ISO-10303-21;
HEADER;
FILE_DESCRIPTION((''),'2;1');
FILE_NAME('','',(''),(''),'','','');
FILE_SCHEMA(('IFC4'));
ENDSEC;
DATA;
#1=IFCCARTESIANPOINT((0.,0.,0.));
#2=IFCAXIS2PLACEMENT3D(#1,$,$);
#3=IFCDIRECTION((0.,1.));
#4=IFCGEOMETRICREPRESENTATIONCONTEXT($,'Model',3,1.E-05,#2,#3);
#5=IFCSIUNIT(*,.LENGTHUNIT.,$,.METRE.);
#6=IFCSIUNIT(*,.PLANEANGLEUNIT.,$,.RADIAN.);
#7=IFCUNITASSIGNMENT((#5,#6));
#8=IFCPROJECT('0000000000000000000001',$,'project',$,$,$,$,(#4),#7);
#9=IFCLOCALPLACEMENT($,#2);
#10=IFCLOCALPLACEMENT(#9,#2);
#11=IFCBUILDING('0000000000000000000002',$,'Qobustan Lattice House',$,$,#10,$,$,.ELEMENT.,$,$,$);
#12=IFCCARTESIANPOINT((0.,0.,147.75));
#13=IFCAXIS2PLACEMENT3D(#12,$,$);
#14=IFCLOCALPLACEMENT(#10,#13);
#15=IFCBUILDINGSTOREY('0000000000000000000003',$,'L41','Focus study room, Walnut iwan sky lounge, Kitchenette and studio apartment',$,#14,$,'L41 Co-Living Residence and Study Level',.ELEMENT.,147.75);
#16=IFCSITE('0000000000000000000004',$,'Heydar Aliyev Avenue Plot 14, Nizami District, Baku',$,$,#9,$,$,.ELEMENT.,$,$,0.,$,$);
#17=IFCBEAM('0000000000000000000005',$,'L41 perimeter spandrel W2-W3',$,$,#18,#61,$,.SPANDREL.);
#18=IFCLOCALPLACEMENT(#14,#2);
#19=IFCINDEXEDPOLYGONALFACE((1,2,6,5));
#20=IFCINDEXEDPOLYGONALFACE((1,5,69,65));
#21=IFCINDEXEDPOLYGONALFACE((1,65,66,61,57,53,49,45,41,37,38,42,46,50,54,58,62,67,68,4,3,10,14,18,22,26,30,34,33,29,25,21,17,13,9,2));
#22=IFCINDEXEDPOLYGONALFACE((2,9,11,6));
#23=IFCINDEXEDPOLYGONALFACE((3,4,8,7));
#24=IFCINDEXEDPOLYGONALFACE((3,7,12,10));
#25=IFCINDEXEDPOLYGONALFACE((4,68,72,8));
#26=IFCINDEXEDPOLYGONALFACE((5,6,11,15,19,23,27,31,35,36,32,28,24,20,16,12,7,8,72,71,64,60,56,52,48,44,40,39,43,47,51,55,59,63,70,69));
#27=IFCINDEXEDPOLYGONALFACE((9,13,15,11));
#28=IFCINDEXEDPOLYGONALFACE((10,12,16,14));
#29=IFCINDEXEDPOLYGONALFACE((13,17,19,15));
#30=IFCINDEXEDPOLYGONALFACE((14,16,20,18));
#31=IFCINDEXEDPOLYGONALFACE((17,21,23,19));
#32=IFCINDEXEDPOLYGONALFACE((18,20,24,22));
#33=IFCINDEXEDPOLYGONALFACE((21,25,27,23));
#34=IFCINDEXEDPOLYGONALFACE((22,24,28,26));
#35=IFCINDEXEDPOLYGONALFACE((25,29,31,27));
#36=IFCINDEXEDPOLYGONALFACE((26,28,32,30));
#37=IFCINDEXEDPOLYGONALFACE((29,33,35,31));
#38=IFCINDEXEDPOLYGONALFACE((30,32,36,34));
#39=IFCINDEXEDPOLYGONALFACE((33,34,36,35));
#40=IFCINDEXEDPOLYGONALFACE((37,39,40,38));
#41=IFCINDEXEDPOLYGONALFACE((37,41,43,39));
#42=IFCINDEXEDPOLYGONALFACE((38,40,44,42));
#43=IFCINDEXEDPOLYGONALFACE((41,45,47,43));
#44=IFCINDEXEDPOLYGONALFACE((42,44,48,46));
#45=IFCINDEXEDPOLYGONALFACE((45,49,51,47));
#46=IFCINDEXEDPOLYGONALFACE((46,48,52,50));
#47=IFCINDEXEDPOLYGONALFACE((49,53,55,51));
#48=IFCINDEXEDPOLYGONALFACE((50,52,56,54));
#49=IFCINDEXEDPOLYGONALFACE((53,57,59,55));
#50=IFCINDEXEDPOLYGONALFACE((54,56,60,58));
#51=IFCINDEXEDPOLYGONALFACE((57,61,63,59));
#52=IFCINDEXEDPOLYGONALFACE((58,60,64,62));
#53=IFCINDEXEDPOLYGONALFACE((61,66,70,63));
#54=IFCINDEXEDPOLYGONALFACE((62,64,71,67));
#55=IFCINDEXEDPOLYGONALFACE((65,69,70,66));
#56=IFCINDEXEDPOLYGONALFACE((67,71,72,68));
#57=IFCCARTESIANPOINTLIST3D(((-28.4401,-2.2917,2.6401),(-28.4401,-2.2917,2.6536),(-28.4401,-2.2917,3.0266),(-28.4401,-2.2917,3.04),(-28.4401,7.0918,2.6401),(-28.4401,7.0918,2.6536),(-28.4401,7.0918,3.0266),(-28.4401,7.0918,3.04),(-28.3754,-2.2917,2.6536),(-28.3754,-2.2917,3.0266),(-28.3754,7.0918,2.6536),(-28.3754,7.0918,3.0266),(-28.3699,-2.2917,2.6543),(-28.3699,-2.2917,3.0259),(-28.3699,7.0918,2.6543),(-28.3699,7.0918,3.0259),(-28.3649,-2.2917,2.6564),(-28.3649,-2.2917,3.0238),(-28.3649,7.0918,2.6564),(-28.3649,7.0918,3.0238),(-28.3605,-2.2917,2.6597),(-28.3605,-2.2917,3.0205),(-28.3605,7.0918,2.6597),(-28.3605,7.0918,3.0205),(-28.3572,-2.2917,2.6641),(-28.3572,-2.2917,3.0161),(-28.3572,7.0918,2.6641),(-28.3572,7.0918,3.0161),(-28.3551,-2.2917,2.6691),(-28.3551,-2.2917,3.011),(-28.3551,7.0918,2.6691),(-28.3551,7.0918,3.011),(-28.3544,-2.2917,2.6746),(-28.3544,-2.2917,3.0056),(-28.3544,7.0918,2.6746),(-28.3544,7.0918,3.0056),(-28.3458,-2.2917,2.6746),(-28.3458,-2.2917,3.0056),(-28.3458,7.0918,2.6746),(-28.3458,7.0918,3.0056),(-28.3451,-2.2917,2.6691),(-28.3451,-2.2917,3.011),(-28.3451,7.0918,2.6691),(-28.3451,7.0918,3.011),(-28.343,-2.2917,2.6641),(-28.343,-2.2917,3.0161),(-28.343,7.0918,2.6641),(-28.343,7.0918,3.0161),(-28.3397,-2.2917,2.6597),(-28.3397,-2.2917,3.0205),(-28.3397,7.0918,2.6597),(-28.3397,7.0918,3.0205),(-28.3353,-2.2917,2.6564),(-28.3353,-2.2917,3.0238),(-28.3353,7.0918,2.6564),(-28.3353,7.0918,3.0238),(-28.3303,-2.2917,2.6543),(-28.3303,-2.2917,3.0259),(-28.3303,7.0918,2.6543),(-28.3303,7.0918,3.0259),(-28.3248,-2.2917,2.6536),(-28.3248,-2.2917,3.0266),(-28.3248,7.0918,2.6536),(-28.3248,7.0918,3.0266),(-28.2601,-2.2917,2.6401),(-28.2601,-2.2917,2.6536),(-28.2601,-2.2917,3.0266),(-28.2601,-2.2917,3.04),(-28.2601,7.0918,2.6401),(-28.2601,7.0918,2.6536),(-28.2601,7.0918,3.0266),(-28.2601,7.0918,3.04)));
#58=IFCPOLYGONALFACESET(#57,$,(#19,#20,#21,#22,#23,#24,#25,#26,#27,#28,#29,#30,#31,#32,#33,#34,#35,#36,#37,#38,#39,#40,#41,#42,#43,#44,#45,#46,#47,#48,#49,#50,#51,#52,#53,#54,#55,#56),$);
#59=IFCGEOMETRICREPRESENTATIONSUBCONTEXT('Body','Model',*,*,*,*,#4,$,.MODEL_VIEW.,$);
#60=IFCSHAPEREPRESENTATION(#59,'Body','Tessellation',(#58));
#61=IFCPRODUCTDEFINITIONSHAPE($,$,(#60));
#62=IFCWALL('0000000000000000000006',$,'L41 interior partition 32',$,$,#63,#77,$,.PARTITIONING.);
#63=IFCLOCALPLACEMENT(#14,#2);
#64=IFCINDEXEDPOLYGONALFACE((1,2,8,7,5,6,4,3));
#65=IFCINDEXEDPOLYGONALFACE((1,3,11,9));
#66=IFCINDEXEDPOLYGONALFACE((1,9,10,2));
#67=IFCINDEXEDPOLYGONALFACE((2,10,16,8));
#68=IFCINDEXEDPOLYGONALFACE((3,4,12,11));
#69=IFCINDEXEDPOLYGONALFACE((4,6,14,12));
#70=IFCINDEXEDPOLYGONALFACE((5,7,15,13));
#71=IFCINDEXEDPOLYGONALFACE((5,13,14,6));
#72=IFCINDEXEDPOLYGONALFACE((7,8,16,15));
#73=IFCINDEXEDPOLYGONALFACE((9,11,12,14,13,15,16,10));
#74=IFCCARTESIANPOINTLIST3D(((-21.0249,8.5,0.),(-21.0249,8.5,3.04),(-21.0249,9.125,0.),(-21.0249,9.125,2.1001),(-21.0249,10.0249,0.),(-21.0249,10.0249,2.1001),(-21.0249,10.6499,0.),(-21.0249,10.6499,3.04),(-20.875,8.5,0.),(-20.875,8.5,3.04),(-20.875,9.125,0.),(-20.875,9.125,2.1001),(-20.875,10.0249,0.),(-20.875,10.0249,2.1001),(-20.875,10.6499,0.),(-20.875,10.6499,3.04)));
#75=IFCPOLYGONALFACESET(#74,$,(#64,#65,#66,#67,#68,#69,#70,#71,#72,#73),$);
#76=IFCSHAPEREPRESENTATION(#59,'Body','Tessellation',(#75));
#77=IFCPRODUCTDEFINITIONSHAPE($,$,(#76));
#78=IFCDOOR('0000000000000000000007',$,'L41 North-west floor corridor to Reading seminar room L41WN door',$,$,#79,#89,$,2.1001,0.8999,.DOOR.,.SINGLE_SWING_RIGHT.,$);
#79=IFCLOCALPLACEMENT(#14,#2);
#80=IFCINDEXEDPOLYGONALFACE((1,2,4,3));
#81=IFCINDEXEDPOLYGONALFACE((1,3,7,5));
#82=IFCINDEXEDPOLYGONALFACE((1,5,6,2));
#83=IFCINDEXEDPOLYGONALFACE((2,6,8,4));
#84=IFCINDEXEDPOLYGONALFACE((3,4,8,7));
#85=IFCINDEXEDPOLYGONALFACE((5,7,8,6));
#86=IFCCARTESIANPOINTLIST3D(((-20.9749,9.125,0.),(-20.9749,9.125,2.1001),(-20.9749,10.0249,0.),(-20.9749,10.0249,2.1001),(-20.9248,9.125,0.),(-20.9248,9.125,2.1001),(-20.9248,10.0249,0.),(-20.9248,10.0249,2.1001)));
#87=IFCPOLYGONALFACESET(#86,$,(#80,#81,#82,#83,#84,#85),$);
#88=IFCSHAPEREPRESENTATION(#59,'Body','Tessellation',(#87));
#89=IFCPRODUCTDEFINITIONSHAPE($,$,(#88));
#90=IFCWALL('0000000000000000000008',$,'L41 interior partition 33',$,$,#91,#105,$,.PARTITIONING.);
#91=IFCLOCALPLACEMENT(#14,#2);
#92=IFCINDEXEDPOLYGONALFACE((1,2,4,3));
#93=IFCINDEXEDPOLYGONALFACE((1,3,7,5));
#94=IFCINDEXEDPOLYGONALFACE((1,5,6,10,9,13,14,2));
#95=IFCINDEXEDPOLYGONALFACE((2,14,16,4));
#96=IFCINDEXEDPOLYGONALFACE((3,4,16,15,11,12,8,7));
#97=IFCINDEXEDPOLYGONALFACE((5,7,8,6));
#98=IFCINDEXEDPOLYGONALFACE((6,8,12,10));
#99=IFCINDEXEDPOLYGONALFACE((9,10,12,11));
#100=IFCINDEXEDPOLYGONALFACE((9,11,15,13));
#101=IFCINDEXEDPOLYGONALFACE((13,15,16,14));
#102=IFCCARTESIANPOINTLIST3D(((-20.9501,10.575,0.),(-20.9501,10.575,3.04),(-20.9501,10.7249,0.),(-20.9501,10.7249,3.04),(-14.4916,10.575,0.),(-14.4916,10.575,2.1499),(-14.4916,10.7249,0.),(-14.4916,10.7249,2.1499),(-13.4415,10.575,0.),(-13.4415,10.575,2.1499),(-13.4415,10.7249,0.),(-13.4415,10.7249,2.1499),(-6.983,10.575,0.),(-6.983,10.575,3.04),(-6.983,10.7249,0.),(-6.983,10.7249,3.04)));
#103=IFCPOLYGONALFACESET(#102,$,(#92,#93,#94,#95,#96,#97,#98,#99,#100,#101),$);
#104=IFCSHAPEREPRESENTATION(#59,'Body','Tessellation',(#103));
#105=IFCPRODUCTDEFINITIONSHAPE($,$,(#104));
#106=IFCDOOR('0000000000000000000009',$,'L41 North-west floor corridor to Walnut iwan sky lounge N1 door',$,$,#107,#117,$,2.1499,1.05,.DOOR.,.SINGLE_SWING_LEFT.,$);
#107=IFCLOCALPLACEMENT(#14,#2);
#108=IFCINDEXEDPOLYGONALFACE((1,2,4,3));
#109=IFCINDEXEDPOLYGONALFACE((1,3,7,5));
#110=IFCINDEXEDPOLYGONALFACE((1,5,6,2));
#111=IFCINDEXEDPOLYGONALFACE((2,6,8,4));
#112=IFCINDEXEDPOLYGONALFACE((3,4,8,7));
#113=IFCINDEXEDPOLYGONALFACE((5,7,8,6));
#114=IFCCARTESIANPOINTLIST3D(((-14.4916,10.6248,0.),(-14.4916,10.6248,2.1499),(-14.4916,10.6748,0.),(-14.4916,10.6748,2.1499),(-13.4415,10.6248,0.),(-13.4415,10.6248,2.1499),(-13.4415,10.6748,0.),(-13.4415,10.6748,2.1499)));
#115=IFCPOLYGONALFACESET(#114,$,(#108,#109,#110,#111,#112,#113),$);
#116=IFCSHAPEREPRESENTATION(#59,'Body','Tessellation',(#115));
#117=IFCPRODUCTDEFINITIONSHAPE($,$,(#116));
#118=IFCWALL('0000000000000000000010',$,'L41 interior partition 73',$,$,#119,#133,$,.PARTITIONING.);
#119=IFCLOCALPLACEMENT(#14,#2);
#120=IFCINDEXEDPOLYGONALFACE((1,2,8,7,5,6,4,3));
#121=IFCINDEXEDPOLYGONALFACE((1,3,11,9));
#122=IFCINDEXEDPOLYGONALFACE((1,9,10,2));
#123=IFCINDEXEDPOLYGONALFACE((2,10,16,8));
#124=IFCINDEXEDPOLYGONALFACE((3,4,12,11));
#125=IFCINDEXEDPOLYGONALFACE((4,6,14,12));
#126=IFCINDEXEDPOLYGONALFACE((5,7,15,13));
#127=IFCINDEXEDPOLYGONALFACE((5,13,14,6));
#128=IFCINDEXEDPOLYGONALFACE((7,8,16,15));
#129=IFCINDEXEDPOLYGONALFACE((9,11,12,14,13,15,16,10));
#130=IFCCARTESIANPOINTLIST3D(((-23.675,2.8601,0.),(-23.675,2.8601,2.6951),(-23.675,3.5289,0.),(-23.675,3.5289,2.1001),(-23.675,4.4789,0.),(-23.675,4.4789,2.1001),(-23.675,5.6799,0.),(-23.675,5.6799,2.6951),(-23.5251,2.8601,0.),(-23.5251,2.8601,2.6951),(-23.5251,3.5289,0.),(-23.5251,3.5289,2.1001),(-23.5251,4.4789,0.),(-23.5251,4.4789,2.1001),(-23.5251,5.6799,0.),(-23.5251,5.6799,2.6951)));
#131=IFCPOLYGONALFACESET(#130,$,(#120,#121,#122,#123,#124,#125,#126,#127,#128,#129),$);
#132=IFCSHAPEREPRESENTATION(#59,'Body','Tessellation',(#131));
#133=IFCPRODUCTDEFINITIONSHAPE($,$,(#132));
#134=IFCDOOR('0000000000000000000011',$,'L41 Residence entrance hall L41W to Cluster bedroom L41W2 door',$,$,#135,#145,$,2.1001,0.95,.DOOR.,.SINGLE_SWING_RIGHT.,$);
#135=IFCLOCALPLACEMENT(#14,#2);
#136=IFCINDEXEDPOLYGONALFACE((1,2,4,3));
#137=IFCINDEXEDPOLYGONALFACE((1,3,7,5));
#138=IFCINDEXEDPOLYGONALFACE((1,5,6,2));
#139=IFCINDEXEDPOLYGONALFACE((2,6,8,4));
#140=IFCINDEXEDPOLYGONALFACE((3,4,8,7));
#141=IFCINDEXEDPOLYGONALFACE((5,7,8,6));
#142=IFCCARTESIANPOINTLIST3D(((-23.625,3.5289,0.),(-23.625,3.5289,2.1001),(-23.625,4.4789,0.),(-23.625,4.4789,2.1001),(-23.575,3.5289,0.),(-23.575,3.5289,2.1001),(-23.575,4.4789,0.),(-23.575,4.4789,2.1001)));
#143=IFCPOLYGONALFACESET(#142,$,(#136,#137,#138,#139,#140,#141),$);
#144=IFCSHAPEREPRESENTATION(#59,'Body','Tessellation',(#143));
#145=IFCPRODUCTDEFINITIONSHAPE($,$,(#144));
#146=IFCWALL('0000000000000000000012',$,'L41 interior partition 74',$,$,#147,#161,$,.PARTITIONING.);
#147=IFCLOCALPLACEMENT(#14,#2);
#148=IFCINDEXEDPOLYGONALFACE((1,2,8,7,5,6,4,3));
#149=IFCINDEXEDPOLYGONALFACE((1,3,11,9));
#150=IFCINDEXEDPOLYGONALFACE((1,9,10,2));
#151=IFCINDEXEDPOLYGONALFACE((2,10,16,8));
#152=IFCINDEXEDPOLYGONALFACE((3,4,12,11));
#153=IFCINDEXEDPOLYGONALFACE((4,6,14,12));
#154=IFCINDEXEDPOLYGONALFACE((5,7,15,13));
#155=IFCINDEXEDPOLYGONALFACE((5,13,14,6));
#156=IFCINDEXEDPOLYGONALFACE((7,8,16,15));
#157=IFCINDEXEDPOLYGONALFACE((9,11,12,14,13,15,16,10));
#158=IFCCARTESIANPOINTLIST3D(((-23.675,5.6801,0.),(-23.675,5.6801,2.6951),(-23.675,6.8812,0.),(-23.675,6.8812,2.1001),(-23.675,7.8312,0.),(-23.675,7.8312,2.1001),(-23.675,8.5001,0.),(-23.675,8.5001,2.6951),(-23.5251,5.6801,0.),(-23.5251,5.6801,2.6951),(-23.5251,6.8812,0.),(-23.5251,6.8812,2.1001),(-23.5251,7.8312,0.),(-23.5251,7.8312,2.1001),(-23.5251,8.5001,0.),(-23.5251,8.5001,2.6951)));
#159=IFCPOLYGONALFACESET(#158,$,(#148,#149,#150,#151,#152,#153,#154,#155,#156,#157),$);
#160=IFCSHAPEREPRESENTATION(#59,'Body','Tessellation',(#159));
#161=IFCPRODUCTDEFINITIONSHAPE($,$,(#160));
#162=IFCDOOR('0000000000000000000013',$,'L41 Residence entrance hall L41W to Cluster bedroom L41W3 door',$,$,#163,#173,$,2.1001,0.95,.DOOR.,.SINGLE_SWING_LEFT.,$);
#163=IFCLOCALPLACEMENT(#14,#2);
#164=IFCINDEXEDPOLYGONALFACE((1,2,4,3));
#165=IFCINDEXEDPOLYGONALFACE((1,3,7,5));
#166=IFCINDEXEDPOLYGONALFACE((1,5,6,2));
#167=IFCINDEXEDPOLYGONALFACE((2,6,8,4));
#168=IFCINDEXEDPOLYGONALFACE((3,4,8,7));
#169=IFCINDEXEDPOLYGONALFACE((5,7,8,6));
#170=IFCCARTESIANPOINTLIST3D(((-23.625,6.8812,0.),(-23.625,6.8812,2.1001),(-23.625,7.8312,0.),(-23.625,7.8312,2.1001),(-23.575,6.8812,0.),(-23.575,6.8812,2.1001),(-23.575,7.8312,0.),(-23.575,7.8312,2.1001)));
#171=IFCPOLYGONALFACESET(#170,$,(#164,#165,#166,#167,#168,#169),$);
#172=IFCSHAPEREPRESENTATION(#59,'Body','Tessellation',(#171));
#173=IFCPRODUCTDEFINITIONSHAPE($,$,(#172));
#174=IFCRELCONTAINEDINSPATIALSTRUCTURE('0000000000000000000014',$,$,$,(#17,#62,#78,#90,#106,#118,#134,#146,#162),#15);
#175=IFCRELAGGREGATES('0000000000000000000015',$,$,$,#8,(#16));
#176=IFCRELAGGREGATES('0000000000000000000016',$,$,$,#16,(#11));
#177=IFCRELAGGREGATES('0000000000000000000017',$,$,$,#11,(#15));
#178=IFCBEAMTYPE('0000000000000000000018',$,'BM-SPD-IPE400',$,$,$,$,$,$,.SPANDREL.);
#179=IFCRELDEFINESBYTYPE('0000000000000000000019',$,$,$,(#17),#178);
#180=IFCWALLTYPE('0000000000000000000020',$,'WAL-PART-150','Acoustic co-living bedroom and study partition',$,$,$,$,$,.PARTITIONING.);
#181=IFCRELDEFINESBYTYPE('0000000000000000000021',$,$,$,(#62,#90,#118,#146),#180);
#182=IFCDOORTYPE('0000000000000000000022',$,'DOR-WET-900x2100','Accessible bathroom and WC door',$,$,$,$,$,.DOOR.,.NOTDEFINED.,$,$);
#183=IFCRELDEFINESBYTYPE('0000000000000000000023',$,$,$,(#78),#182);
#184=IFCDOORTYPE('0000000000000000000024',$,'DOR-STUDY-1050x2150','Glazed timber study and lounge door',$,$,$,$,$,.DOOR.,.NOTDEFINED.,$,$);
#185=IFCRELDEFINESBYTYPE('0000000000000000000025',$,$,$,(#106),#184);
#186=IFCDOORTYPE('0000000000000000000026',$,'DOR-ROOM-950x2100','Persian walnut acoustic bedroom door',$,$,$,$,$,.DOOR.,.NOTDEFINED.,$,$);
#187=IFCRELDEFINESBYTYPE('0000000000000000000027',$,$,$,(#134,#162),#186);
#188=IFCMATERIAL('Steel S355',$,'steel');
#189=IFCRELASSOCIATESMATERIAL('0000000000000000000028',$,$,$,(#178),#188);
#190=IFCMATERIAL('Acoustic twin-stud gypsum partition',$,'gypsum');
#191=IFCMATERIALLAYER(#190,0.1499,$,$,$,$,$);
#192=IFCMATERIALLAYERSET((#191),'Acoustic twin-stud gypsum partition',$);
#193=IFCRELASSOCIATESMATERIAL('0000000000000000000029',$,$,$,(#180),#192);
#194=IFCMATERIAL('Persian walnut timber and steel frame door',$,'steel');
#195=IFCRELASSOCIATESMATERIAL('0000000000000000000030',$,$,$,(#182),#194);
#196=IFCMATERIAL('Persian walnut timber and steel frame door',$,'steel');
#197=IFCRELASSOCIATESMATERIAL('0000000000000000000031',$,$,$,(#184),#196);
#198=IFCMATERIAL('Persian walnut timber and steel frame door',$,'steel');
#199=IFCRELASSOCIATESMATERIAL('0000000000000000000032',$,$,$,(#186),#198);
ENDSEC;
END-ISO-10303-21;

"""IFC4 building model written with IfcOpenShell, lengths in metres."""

from ifc_helpers import new_model, si_unit, direction, frame, frame_2d, origin, origin_2d, place, context, subcontext, project, spatial, rectangle, i_section, extrude, material, layer, layer_set, material_profile, profile_set, type_object, element, fill, save


model = new_model("IFC4")

# Units and contexts
model_context = context("Model", 3, precision=1e-05, world=origin(), true_north=direction((0.0, 1.0)))
body_context = subcontext(model_context, "Body", "Model", "MODEL_VIEW")
ifc_project = project(units=[si_unit("LENGTHUNIT", "METRE"), si_unit("PLANEANGLEUNIT", "RADIAN")], contexts=[model_context])

# Site, building, storey
site_placement = place(None, origin())
site = spatial("IfcSite", under=ifc_project, at=site_placement, Name="Heydar Aliyev Avenue Plot 14, Nizami District, Baku", CompositionType="ELEMENT", RefElevation=0.0)
building_placement = place(site_placement, origin())
building = spatial("IfcBuilding", under=site, at=building_placement, Name="Qobustan Lattice House", CompositionType="ELEMENT")
storey_placement = place(building_placement, frame((0.0, 0.0, 147.75)))
storey = spatial("IfcBuildingStorey", under=building, at=storey_placement, Name="L41", Description="Focus study room, Walnut iwan sky lounge, Kitchenette and studio apartment", LongName="L41 Co-Living Residence and Study Level", CompositionType="ELEMENT", Elevation=147.75)

# Beam
ifc_material_1 = material(Name="Steel S355", Category="steel")
ifc_material_profile_1 = material_profile(ifc_material_1, i_section(OverallWidth=0.1799, OverallDepth=0.3999, WebThickness=0.0085, FlangeThickness=0.0134, FilletRadius=0.021, at=origin_2d()), Name="IPE400")
ifc_profile_set_1 = profile_set([ifc_material_profile_1], Name="Steel S355")
beam_type_1 = type_object("IfcBeamType", Name="BM-SPD-IPE400", PredefinedType="SPANDREL", material=ifc_profile_set_1)
beam_1_placement = place(storey_placement, frame((-28.3501, 7.0918, 2.8401), z_axis=(0.0, -1.0, 0.0), x_axis=(1.0, 0.0, 0.0)))
element("IfcBeam", 1, at=beam_1_placement, inside=storey, type_object=beam_type_1, Name="L41 perimeter spandrel W2-W3", PredefinedType="SPANDREL", context=body_context, shape_type="SweptSolid", body=[
    extrude(i_section(OverallWidth=0.1799, OverallDepth=0.3999, WebThickness=0.0085, FlangeThickness=0.0134, FilletRadius=0.021, at=origin_2d()), origin(), (0.0, 0.0, 1.0), 9.3835),
])

# Walls, openings, doors
ifc_material_2 = material(Name="Acoustic twin-stud gypsum partition", Category="gypsum")
ifc_layer_1 = layer(ifc_material_2, 0.1499)
ifc_layer_set_1 = layer_set([ifc_layer_1], Name="Acoustic twin-stud gypsum partition")
wall_type_1 = type_object("IfcWallType", Name="WAL-PART-150", Description="Acoustic co-living bedroom and study partition", PredefinedType="PARTITIONING", material=ifc_layer_set_1)
wall_1_placement = place(storey_placement, frame((-20.95, 8.5, 0.0), z_axis=(0.0, 0.0, 1.0), x_axis=(0.0, 1.0, 0.0)))
wall_1 = element("IfcWall", 2, at=wall_1_placement, inside=storey, type_object=wall_type_1, Name="L41 interior partition 32", PredefinedType="PARTITIONING", context=body_context, shape_type="SweptSolid", body=[
    extrude(rectangle(XDim=2.1499, YDim=0.1499, at=frame_2d((1.075, 0.0))), origin(), (0.0, 0.0, 1.0), 3.04),
])
opening_1_placement = place(wall_1_placement, frame((0.625, 0.0, 0.0)))
opening_1 = element("IfcOpeningElement", 3, at=opening_1_placement, cuts=wall_1, PredefinedType="OPENING", context=body_context, shape_type="SweptSolid", body=[
    extrude(rectangle(XDim=0.8999, YDim=2.1001, at=frame_2d((0.45, 1.05))), frame((0.0, 0.085, 0.0), z_axis=(0.0, -1.0, 0.0), x_axis=(1.0, 0.0, 0.0)), (0.0, 0.0, 1.0), 0.1699),
])
ifc_material_3 = material(Name="Persian walnut timber and steel frame door", Category="steel")
door_type_1 = type_object("IfcDoorType", Name="DOR-WET-900x2100", Description="Accessible bathroom and WC door", OperationType="NOTDEFINED", PredefinedType="DOOR", material=ifc_material_3)
door_1_placement = place(opening_1_placement, origin())
door_1 = element("IfcDoor", 4, at=door_1_placement, inside=storey, type_object=door_type_1, Name="L41 North-west floor corridor to Reading seminar room L41WN door", OperationType="SINGLE_SWING_RIGHT", OverallHeight=2.1001, OverallWidth=0.8999, PredefinedType="DOOR", context=body_context, shape_type="SweptSolid", body=[
    extrude(rectangle(XDim=0.8999, YDim=2.1001, at=frame_2d((0.45, 1.05))), frame((0.0, 0.0249, 0.0), z_axis=(0.0, -1.0, 0.0), x_axis=(1.0, 0.0, 0.0)), (0.0, 0.0, 1.0), 0.05),
])
fill(opening_1, door_1)
wall_2_placement = place(storey_placement, frame((-20.95, 10.6499, 0.0), z_axis=(0.0, 0.0, 1.0), x_axis=(1.0, 0.0, 0.0)))
wall_2 = element("IfcWall", 5, at=wall_2_placement, inside=storey, type_object=wall_type_1, Name="L41 interior partition 33", PredefinedType="PARTITIONING", context=body_context, shape_type="SweptSolid", body=[
    extrude(rectangle(XDim=13.967, YDim=0.1499, at=frame_2d((6.9834, 0.0))), origin(), (0.0, 0.0, 1.0), 3.04),
])
opening_2_placement = place(wall_2_placement, frame((6.4585, 0.0, 0.0)))
opening_2 = element("IfcOpeningElement", 6, at=opening_2_placement, cuts=wall_2, PredefinedType="OPENING", context=body_context, shape_type="SweptSolid", body=[
    extrude(rectangle(XDim=1.05, YDim=2.1499, at=frame_2d((0.5249, 1.075))), frame((0.0, 0.085, 0.0), z_axis=(0.0, -1.0, 0.0), x_axis=(1.0, 0.0, 0.0)), (0.0, 0.0, 1.0), 0.1699),
])
ifc_material_4 = material(Name="Persian walnut timber and steel frame door", Category="steel")
door_type_2 = type_object("IfcDoorType", Name="DOR-STUDY-1050x2150", Description="Glazed timber study and lounge door", OperationType="NOTDEFINED", PredefinedType="DOOR", material=ifc_material_4)
door_2_placement = place(opening_2_placement, origin())
door_2 = element("IfcDoor", 7, at=door_2_placement, inside=storey, type_object=door_type_2, Name="L41 North-west floor corridor to Walnut iwan sky lounge N1 door", OperationType="SINGLE_SWING_LEFT", OverallHeight=2.1499, OverallWidth=1.05, PredefinedType="DOOR", context=body_context, shape_type="SweptSolid", body=[
    extrude(rectangle(XDim=1.05, YDim=2.1499, at=frame_2d((0.5249, 1.075))), frame((0.0, 0.0249, 0.0), z_axis=(0.0, -1.0, 0.0), x_axis=(1.0, 0.0, 0.0)), (0.0, 0.0, 1.0), 0.05),
])
fill(opening_2, door_2)
wall_3_placement = place(storey_placement, frame((-23.6001, 2.8601, 0.0), z_axis=(0.0, 0.0, 1.0), x_axis=(0.0, 1.0, 0.0)))
wall_3 = element("IfcWall", 8, at=wall_3_placement, inside=storey, type_object=wall_type_1, Name="L41 interior partition 73", PredefinedType="PARTITIONING", context=body_context, shape_type="SweptSolid", body=[
    extrude(rectangle(XDim=2.8198, YDim=0.1499, at=frame_2d((1.4099, 0.0))), origin(), (0.0, 0.0, 1.0), 2.6951),
])
opening_3_placement = place(wall_3_placement, frame((0.6687, 0.0, 0.0)))
opening_3 = element("IfcOpeningElement", 9, at=opening_3_placement, cuts=wall_3, PredefinedType="OPENING", context=body_context, shape_type="SweptSolid", body=[
    extrude(rectangle(XDim=0.95, YDim=2.1001, at=frame_2d((0.4751, 1.05))), frame((0.0, 0.085, 0.0), z_axis=(0.0, -1.0, 0.0), x_axis=(1.0, 0.0, 0.0)), (0.0, 0.0, 1.0), 0.1699),
])
ifc_material_5 = material(Name="Persian walnut timber and steel frame door", Category="steel")
door_type_3 = type_object("IfcDoorType", Name="DOR-ROOM-950x2100", Description="Persian walnut acoustic bedroom door", OperationType="NOTDEFINED", PredefinedType="DOOR", material=ifc_material_5)
door_3_placement = place(opening_3_placement, origin())
door_3 = element("IfcDoor", 10, at=door_3_placement, inside=storey, type_object=door_type_3, Name="L41 Residence entrance hall L41W to Cluster bedroom L41W2 door", OperationType="SINGLE_SWING_RIGHT", OverallHeight=2.1001, OverallWidth=0.95, PredefinedType="DOOR", context=body_context, shape_type="SweptSolid", body=[
    extrude(rectangle(XDim=0.95, YDim=2.1001, at=frame_2d((0.4751, 1.05))), frame((0.0, 0.0249, 0.0), z_axis=(0.0, -1.0, 0.0), x_axis=(1.0, 0.0, 0.0)), (0.0, 0.0, 1.0), 0.05),
])
fill(opening_3, door_3)
wall_4_placement = place(storey_placement, frame((-23.6001, 5.6799, 0.0), z_axis=(0.0, 0.0, 1.0), x_axis=(0.0, 1.0, 0.0)))
wall_4 = element("IfcWall", 11, at=wall_4_placement, inside=storey, type_object=wall_type_1, Name="L41 interior partition 74", PredefinedType="PARTITIONING", context=body_context, shape_type="SweptSolid", body=[
    extrude(rectangle(XDim=2.8201, YDim=0.1499, at=frame_2d((1.4102, 0.0))), origin(), (0.0, 0.0, 1.0), 2.6951),
])
opening_4_placement = place(wall_4_placement, frame((1.2012, 0.0, 0.0)))
opening_4 = element("IfcOpeningElement", 12, at=opening_4_placement, cuts=wall_4, PredefinedType="OPENING", context=body_context, shape_type="SweptSolid", body=[
    extrude(rectangle(XDim=0.95, YDim=2.1001, at=frame_2d((0.4751, 1.05))), frame((0.0, 0.085, 0.0), z_axis=(0.0, -1.0, 0.0), x_axis=(1.0, 0.0, 0.0)), (0.0, 0.0, 1.0), 0.1699),
])
door_4_placement = place(opening_4_placement, origin())
door_4 = element("IfcDoor", 13, at=door_4_placement, inside=storey, type_object=door_type_3, Name="L41 Residence entrance hall L41W to Cluster bedroom L41W3 door", OperationType="SINGLE_SWING_LEFT", OverallHeight=2.1001, OverallWidth=0.95, PredefinedType="DOOR", context=body_context, shape_type="SweptSolid", body=[
    extrude(rectangle(XDim=0.95, YDim=2.1001, at=frame_2d((0.4751, 1.05))), frame((0.0, 0.0249, 0.0), z_axis=(0.0, -1.0, 0.0), x_axis=(1.0, 0.0, 0.0)), (0.0, 0.0, 1.0), 0.05),
])
fill(opening_4, door_4)

save(model, "model.ifc")
